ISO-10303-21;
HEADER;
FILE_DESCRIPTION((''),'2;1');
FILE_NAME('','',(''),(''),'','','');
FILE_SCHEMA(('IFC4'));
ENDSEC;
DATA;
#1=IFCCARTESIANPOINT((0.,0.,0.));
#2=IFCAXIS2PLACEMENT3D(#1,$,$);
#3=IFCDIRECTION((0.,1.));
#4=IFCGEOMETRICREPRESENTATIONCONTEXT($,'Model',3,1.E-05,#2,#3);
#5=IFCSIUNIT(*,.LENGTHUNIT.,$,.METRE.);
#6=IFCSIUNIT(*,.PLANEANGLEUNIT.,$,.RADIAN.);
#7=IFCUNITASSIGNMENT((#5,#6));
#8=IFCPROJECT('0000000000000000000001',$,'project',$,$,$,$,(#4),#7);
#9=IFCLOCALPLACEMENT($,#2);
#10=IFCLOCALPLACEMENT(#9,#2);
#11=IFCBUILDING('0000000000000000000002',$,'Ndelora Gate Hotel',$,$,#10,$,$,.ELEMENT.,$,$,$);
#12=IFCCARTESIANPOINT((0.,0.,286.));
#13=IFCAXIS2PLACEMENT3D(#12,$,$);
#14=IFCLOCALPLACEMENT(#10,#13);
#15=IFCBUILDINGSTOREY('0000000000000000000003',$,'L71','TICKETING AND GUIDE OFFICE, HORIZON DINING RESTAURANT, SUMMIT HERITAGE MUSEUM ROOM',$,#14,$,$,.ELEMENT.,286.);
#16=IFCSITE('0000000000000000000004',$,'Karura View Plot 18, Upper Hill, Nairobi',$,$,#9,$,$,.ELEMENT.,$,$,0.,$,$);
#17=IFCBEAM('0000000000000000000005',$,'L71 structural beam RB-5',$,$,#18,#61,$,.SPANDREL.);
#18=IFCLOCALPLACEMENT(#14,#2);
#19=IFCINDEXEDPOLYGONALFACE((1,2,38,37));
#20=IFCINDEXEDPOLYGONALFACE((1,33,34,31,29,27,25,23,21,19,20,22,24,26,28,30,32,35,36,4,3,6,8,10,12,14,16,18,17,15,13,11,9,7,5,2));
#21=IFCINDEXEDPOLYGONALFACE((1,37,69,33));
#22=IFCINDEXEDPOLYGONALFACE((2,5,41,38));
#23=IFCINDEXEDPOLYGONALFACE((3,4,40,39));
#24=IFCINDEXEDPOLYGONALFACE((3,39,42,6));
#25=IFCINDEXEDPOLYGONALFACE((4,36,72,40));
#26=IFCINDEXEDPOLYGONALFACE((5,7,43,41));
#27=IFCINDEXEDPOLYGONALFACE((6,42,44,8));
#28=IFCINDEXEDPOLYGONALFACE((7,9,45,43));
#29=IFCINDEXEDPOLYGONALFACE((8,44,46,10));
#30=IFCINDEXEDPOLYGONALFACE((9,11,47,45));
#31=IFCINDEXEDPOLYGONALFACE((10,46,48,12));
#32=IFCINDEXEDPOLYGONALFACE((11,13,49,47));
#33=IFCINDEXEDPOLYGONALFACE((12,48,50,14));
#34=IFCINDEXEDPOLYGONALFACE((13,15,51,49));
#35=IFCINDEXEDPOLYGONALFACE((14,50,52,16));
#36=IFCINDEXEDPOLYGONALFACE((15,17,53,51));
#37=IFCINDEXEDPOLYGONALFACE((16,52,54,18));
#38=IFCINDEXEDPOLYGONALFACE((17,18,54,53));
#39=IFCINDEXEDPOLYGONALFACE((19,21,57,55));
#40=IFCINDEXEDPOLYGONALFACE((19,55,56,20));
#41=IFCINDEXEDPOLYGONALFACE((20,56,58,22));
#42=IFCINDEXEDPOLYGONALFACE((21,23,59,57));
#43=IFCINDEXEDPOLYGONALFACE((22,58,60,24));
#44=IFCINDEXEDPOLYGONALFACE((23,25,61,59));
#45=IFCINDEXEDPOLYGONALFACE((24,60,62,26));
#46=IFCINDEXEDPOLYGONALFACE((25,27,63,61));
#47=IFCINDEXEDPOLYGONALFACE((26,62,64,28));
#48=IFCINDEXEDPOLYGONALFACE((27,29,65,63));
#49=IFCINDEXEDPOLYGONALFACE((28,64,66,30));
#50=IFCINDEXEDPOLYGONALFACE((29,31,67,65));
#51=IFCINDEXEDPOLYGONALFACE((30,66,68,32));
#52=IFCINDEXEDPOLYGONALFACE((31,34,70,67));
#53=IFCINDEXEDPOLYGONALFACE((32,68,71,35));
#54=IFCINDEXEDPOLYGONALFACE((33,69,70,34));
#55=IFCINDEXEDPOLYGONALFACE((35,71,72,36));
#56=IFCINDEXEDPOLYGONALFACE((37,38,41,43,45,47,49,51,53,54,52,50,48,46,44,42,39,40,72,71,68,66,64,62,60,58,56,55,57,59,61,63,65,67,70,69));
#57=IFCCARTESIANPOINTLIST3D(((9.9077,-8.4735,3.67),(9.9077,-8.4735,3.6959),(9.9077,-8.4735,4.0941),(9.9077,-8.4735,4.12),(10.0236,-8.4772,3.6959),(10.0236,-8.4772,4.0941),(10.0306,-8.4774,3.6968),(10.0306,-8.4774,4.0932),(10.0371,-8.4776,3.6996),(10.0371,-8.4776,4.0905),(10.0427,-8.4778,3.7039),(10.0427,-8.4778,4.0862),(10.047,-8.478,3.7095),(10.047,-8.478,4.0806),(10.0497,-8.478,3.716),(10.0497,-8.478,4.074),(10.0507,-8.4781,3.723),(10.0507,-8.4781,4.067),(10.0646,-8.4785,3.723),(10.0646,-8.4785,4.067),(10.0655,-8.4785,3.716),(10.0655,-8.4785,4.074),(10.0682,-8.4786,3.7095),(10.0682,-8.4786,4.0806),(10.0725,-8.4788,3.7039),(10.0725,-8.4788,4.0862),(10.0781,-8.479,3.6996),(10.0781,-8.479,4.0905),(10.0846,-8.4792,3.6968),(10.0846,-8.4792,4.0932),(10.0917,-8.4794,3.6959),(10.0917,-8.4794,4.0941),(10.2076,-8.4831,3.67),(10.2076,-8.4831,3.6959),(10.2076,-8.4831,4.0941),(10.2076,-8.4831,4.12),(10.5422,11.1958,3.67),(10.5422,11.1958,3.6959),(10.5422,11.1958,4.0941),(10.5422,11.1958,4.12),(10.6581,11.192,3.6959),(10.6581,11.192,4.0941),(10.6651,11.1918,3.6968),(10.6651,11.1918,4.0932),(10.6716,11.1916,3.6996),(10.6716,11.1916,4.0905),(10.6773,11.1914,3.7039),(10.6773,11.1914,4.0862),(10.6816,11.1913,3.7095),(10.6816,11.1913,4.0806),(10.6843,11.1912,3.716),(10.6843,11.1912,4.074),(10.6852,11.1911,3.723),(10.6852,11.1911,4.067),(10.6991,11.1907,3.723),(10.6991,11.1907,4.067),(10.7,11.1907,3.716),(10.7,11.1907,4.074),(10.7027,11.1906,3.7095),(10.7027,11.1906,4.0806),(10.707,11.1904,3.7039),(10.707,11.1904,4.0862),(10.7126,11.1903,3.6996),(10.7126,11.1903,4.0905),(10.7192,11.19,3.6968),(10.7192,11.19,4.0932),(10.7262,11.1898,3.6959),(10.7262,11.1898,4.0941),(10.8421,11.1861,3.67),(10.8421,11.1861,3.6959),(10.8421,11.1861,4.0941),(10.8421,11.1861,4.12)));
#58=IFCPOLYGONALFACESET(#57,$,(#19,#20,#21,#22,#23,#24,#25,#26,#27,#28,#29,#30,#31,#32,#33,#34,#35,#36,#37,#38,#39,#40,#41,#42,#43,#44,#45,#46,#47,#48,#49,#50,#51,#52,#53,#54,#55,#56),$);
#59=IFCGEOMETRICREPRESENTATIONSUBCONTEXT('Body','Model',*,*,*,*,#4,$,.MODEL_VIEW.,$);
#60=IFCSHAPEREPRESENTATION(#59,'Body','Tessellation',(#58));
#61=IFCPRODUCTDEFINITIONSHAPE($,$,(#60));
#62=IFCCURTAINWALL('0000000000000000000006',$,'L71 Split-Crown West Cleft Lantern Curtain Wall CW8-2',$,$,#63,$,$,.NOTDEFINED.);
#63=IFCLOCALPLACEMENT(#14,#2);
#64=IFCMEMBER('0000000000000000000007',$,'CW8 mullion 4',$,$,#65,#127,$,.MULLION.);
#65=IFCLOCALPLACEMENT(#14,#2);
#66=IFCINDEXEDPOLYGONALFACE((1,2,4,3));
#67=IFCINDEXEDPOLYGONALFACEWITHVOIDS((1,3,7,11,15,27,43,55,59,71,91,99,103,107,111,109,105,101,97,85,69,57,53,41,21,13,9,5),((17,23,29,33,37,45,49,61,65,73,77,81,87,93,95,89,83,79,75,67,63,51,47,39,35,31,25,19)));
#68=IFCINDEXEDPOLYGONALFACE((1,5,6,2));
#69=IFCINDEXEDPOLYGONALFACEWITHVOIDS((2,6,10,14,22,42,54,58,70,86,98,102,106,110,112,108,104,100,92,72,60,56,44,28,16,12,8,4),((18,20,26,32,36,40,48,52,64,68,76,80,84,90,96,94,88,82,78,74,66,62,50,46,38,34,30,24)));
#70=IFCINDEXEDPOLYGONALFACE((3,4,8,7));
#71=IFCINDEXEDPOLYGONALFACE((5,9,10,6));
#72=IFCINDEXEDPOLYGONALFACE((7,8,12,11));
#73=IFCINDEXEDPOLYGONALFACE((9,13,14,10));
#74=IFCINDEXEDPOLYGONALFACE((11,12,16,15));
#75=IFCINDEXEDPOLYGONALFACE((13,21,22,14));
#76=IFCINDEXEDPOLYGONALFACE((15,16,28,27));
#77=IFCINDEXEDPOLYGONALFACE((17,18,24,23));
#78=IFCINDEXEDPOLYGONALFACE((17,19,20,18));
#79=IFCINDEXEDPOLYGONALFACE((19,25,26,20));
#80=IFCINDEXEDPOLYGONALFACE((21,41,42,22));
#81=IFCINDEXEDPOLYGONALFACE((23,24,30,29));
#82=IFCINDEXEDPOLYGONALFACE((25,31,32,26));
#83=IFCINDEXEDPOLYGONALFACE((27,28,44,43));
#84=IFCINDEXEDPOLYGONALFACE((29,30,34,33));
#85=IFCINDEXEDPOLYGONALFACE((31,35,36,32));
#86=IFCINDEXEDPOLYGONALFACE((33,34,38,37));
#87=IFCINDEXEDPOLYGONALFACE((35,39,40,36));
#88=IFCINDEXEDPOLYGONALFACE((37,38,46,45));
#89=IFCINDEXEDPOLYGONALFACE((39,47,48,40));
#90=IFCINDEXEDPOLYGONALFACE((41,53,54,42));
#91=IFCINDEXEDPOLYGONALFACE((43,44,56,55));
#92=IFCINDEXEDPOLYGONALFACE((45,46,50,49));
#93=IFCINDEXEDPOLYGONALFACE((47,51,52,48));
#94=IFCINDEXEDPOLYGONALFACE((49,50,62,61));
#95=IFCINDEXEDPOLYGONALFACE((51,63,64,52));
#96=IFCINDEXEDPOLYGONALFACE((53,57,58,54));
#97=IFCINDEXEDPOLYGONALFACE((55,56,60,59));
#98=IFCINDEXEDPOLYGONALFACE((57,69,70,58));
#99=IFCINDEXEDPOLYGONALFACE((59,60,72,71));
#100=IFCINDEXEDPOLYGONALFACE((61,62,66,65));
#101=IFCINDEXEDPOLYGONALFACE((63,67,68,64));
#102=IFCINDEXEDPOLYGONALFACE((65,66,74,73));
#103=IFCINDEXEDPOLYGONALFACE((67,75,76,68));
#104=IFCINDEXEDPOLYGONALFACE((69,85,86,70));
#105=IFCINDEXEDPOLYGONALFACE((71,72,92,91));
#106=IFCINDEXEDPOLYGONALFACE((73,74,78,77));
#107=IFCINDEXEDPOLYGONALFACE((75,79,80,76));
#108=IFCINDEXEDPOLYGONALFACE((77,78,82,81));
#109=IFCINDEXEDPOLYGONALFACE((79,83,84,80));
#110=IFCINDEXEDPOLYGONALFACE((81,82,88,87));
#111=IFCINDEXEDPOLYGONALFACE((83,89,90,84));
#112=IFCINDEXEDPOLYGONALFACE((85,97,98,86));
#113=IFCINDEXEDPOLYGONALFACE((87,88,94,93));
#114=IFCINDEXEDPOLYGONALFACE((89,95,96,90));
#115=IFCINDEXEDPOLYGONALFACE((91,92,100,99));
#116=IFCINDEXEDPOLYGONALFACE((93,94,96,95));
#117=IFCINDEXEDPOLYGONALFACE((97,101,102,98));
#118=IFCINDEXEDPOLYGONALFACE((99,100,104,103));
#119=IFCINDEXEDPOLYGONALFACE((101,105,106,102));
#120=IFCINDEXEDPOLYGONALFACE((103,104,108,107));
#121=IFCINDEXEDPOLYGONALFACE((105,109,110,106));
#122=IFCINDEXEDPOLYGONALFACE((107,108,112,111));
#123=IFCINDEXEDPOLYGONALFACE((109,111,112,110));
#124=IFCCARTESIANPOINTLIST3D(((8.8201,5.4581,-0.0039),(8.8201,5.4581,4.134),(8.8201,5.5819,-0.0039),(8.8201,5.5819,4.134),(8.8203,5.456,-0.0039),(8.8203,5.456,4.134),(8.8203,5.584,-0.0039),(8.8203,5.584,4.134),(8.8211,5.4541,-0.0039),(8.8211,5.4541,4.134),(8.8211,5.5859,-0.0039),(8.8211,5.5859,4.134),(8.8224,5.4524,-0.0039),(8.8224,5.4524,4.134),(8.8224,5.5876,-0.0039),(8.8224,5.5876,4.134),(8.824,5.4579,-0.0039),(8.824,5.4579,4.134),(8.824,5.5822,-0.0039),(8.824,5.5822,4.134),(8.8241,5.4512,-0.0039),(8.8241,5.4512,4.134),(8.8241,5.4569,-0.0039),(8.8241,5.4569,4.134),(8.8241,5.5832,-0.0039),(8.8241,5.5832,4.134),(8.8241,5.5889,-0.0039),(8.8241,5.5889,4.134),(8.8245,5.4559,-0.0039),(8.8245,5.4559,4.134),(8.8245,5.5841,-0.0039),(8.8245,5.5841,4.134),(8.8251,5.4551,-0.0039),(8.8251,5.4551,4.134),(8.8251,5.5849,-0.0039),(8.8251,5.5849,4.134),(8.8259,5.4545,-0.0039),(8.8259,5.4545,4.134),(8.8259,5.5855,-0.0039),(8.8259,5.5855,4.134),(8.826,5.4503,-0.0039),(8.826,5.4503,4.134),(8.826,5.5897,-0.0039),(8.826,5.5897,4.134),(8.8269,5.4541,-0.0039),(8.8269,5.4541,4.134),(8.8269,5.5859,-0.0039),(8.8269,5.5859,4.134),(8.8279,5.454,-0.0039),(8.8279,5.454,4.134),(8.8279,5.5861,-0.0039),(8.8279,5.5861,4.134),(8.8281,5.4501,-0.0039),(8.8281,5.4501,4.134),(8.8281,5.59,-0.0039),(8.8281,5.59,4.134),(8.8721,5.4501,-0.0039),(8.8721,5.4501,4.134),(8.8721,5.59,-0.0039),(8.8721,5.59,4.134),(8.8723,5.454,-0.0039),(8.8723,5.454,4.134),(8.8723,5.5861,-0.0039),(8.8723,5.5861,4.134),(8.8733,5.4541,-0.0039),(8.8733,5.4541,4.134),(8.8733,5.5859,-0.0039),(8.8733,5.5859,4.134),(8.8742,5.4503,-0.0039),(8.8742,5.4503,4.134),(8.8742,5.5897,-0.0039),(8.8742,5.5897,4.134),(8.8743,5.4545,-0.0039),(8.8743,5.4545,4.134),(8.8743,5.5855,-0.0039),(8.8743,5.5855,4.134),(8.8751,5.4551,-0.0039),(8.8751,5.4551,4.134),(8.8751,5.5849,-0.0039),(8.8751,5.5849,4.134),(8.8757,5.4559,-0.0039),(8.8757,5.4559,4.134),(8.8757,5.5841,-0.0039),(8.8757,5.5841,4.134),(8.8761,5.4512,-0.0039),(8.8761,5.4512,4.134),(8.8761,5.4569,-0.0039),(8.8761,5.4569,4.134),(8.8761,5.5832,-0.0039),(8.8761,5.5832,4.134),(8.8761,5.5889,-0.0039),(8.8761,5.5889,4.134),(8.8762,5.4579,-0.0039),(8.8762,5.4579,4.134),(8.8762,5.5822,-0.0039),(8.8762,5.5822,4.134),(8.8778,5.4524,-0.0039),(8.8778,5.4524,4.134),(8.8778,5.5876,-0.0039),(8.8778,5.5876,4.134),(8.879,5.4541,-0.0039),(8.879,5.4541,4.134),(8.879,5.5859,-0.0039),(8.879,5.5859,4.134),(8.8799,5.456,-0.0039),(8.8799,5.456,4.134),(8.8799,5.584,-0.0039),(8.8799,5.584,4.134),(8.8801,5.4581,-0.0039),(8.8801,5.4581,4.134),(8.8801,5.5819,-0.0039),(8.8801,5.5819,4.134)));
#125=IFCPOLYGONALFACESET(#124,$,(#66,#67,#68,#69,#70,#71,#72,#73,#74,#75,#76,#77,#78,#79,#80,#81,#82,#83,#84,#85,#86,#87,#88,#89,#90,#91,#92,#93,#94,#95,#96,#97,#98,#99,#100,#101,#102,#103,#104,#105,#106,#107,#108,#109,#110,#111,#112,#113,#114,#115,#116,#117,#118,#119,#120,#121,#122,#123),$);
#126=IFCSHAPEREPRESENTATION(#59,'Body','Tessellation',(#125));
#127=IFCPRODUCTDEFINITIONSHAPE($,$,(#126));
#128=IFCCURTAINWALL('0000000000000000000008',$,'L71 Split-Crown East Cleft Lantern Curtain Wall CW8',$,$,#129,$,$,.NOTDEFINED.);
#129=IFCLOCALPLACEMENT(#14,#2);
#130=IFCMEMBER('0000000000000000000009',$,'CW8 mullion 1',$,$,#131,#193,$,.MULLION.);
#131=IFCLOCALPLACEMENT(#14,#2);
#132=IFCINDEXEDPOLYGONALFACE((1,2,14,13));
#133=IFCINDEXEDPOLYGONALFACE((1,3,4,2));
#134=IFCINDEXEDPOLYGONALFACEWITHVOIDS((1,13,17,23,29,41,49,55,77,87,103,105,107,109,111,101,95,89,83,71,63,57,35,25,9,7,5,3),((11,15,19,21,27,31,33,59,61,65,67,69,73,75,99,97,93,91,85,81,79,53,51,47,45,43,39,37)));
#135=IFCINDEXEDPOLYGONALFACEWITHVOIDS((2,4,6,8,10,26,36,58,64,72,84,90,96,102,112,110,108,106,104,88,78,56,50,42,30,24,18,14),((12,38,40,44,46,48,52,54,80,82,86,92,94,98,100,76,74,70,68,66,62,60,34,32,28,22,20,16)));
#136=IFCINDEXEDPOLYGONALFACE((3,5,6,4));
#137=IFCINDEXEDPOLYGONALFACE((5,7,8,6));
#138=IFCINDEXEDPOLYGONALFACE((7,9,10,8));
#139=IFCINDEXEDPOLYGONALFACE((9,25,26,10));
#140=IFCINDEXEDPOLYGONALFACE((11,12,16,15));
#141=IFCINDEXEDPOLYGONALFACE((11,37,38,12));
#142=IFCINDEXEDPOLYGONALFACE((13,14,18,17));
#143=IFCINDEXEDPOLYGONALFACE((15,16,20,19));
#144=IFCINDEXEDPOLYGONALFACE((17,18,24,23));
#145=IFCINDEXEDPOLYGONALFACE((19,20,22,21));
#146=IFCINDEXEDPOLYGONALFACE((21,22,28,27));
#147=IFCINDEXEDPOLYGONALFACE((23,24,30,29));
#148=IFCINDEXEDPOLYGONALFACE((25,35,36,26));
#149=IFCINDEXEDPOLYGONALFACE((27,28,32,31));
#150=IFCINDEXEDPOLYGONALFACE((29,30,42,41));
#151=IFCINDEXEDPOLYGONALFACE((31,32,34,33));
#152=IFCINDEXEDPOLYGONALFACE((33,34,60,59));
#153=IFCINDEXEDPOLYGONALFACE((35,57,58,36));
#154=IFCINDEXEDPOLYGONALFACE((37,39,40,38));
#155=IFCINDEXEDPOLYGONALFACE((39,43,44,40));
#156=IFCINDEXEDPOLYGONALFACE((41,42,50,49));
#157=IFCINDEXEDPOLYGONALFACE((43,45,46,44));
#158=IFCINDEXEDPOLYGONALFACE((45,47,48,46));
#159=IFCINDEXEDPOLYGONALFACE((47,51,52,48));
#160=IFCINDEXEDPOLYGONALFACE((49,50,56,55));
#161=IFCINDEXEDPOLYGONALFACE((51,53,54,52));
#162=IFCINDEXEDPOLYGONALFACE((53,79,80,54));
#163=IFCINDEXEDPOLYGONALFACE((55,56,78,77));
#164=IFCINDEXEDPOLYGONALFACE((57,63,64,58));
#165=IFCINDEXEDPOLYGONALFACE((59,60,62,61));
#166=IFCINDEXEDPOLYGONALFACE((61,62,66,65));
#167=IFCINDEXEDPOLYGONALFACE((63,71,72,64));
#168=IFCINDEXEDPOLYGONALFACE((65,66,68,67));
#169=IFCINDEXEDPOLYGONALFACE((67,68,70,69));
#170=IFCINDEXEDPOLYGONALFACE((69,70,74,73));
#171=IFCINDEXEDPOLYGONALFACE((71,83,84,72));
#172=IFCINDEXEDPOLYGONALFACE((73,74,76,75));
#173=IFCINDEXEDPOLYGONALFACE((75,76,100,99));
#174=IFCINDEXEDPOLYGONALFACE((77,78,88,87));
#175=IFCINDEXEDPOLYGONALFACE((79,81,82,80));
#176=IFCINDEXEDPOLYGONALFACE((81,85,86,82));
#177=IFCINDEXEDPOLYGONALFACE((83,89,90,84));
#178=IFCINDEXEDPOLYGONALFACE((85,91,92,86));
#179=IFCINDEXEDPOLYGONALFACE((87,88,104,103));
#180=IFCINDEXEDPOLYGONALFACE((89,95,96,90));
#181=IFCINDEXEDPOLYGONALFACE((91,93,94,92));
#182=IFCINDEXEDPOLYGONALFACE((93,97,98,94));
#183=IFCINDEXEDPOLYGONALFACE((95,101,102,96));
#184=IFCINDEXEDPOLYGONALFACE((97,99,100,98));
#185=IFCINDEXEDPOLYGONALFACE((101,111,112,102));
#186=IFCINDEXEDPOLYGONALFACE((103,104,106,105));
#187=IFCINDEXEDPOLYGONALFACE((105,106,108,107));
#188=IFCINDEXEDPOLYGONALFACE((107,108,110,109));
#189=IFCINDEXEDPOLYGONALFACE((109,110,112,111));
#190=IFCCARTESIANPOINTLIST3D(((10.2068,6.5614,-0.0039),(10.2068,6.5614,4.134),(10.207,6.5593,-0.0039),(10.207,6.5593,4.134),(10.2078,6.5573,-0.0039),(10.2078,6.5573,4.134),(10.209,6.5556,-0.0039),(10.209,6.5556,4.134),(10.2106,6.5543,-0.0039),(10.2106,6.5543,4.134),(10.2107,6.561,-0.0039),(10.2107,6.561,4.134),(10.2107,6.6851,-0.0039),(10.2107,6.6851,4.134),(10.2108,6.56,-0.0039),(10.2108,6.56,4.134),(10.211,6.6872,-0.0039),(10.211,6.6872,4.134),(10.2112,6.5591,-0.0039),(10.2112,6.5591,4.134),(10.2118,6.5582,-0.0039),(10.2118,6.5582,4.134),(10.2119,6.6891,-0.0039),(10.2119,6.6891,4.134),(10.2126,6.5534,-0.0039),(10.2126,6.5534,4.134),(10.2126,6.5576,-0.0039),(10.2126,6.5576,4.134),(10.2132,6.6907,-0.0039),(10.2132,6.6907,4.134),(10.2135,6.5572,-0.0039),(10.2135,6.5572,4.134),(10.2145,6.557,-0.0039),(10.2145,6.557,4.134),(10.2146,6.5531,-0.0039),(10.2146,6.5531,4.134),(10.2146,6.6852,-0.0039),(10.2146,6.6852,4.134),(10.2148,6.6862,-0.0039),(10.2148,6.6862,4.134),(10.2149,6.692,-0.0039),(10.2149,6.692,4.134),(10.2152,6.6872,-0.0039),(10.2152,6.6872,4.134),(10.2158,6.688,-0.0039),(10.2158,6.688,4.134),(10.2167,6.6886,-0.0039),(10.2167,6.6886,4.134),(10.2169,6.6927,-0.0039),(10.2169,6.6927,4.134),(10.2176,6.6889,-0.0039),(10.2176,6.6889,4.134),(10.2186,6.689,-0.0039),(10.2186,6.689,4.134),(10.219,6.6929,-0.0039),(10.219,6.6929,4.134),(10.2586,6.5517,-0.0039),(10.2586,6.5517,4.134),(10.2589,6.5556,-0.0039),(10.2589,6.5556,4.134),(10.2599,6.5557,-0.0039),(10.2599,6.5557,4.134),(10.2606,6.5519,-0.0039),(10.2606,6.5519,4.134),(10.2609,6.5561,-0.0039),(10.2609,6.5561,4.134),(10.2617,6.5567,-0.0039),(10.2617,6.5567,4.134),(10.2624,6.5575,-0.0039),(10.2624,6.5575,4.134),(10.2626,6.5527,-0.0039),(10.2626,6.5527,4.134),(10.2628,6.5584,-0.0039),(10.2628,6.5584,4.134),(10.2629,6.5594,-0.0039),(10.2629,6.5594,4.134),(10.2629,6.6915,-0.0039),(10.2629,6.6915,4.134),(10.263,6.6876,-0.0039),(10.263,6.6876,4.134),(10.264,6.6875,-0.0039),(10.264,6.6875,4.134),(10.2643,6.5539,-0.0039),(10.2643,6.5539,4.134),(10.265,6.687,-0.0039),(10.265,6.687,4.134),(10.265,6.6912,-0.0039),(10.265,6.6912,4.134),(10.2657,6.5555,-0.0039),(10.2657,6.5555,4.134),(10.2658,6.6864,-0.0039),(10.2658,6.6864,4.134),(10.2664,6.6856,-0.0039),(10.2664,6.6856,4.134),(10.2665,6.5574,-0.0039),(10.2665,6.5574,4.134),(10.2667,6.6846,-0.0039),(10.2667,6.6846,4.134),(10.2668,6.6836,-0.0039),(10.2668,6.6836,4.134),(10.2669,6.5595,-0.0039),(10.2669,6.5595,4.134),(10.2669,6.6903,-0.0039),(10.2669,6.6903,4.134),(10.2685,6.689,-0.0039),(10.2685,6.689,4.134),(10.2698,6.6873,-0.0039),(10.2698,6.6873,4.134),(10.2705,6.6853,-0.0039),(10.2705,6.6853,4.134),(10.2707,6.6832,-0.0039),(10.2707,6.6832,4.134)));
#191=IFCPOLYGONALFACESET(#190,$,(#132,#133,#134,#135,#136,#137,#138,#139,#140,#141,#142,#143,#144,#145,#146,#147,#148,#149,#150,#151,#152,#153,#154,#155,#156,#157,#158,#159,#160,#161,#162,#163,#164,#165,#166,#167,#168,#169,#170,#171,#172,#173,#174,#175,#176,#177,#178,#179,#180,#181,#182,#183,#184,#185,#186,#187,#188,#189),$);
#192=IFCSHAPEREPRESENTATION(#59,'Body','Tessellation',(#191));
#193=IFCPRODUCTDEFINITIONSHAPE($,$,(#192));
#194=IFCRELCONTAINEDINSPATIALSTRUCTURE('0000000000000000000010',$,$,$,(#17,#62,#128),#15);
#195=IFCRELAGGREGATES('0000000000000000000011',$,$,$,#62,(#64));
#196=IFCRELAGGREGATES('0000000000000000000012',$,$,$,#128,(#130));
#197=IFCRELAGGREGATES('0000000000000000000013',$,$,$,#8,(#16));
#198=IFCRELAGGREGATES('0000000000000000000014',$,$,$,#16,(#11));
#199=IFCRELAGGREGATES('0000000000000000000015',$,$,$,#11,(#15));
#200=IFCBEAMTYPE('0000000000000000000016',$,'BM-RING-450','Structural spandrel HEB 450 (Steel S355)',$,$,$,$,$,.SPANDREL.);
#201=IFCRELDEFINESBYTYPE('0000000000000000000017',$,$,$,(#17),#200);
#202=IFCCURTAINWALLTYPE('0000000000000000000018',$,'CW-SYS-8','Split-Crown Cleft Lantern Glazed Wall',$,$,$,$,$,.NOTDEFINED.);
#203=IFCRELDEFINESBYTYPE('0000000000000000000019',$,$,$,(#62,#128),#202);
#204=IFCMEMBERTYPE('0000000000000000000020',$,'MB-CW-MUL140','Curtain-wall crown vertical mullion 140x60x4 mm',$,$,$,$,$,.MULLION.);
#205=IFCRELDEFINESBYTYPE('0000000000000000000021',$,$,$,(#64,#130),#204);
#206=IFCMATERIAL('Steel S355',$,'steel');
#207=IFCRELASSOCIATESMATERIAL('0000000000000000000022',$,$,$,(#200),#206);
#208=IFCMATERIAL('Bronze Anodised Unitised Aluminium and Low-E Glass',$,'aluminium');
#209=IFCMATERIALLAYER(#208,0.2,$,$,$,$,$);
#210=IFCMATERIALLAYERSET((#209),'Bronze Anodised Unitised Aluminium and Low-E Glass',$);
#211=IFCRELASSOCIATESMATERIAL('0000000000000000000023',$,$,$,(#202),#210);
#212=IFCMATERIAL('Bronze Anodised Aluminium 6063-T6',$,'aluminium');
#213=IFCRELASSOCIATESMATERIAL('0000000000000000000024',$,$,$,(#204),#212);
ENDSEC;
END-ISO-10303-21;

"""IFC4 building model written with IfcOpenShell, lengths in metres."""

from ifc_helpers import new_model, si_unit, direction, frame, origin, origin_2d, place, context, subcontext, project, spatial, hollow_rectangle, i_section, extrude, material, layer, layer_set, material_profile, profile_set, type_object, element, aggregate, save


model = new_model("IFC4")

# Units and contexts
model_context = context("Model", 3, precision=1e-05, world=origin(), true_north=direction((0.0, 1.0)))
body_context = subcontext(model_context, "Body", "Model", "MODEL_VIEW")
ifc_project = project(units=[si_unit("LENGTHUNIT", "METRE"), si_unit("PLANEANGLEUNIT", "RADIAN")], contexts=[model_context])

# Site, building, storey
site_placement = place(None, origin())
site = spatial("IfcSite", under=ifc_project, at=site_placement, Name="Karura View Plot 18, Upper Hill, Nairobi", CompositionType="ELEMENT", RefElevation=0.0)
building_placement = place(site_placement, origin())
building = spatial("IfcBuilding", under=site, at=building_placement, Name="Ndelora Gate Hotel", CompositionType="ELEMENT")
storey_placement = place(building_placement, frame((0.0, 0.0, 286.0)))
storey = spatial("IfcBuildingStorey", under=building, at=storey_placement, Name="L71", Description="TICKETING AND GUIDE OFFICE, HORIZON DINING RESTAURANT, SUMMIT HERITAGE MUSEUM ROOM", CompositionType="ELEMENT", Elevation=286.0)

# Beam
ifc_material_1 = material(Name="Steel S355", Category="steel")
ifc_material_profile_1 = material_profile(ifc_material_1, i_section(OverallWidth=0.3, OverallDepth=0.45, WebThickness=0.0139, FlangeThickness=0.0259, FilletRadius=0.0271, at=origin_2d()), Name="HEB 450")
ifc_profile_set_1 = profile_set([ifc_material_profile_1], Name="Steel S355")
beam_type = type_object("IfcBeamType", Name="BM-RING-450", Description="Structural spandrel HEB 450 (Steel S355)", PredefinedType="SPANDREL", material=ifc_profile_set_1)
beam_1_placement = place(storey_placement, frame((10.6921, 11.1909, 3.895), z_axis=(-0.032243, -0.99948, 0.0), x_axis=(0.99948, -0.032243, 0.0)))
element("IfcBeam", 1, at=beam_1_placement, inside=storey, type_object=beam_type, Name="L71 structural beam RB-5", PredefinedType="SPANDREL", context=body_context, shape_type="SweptSolid", body=[
    extrude(i_section(OverallWidth=0.3, OverallDepth=0.45, WebThickness=0.0139, FlangeThickness=0.0259, FilletRadius=0.0271, at=origin_2d()), origin(), (0.0, 0.0, 1.0), 19.6794),
])

# Curtain wall, member
ifc_material_2 = material(Name="Bronze Anodised Unitised Aluminium and Low-E Glass", Category="aluminium")
ifc_layer_1 = layer(ifc_material_2, 0.2)
ifc_layer_set_1 = layer_set([ifc_layer_1], Name="Bronze Anodised Unitised Aluminium and Low-E Glass")
curtain_wall_type = type_object("IfcCurtainWallType", Name="CW-SYS-8", Description="Split-Crown Cleft Lantern Glazed Wall", PredefinedType="NOTDEFINED", material=ifc_layer_set_1)
curtain_wall_1_placement = place(storey_placement, origin())
curtain_wall_1 = element("IfcCurtainWall", 2, at=curtain_wall_1_placement, inside=storey, type_object=curtain_wall_type, Name="L71 Split-Crown West Cleft Lantern Curtain Wall CW8-2", PredefinedType="NOTDEFINED")
ifc_material_3 = material(Name="Bronze Anodised Aluminium 6063-T6", Category="aluminium")
ifc_material_profile_2 = material_profile(ifc_material_3, hollow_rectangle(XDim=0.0601, YDim=0.1399, WallThickness=0.0039, InnerFilletRadius=0.0039, OuterFilletRadius=0.0081, at=origin_2d()), Name="ALU 140x60x4")
ifc_profile_set_2 = profile_set([ifc_material_profile_2], Name="Bronze Anodised Aluminium 6063-T6")
member_type_1 = type_object("IfcMemberType", Name="MB-CW-MUL140", Description="Curtain-wall crown vertical mullion 140x60x4 mm", PredefinedType="MULLION", material=ifc_profile_set_2)
member_1_placement = place(storey_placement, frame((8.8501, 5.52, -0.0039), z_axis=(0.0, 0.0, 1.0), x_axis=(-1.0, 0.0, 0.0)))
member_1 = element("IfcMember", 3, at=member_1_placement, type_object=member_type_1, Name="CW8 mullion 4", PredefinedType="MULLION", context=body_context, shape_type="SweptSolid", body=[
    extrude(hollow_rectangle(XDim=0.0601, YDim=0.1399, WallThickness=0.0039, InnerFilletRadius=0.0039, OuterFilletRadius=0.0081, at=origin_2d()), origin(), (0.0, 0.0, 1.0), 4.1379),
])
aggregate(curtain_wall_1, [member_1])

# Curtain wall, member
curtain_wall_2_placement = place(storey_placement, origin())
curtain_wall_2 = element("IfcCurtainWall", 4, at=curtain_wall_2_placement, inside=storey, type_object=curtain_wall_type, Name="L71 Split-Crown East Cleft Lantern Curtain Wall CW8", PredefinedType="NOTDEFINED")
member_2_placement = place(storey_placement, frame((10.2388, 6.6223, -0.0039), z_axis=(0.0, 0.0, 1.0), x_axis=(0.999515, -0.031131, 0.0)))
member_2 = element("IfcMember", 5, at=member_2_placement, type_object=member_type_1, Name="CW8 mullion 1", PredefinedType="MULLION", context=body_context, shape_type="SweptSolid", body=[
    extrude(hollow_rectangle(XDim=0.0601, YDim=0.1399, WallThickness=0.0039, InnerFilletRadius=0.0039, OuterFilletRadius=0.0081, at=origin_2d()), origin(), (0.0, 0.0, 1.0), 4.1379),
])
aggregate(curtain_wall_2, [member_2])

save(model, "model.ifc")
